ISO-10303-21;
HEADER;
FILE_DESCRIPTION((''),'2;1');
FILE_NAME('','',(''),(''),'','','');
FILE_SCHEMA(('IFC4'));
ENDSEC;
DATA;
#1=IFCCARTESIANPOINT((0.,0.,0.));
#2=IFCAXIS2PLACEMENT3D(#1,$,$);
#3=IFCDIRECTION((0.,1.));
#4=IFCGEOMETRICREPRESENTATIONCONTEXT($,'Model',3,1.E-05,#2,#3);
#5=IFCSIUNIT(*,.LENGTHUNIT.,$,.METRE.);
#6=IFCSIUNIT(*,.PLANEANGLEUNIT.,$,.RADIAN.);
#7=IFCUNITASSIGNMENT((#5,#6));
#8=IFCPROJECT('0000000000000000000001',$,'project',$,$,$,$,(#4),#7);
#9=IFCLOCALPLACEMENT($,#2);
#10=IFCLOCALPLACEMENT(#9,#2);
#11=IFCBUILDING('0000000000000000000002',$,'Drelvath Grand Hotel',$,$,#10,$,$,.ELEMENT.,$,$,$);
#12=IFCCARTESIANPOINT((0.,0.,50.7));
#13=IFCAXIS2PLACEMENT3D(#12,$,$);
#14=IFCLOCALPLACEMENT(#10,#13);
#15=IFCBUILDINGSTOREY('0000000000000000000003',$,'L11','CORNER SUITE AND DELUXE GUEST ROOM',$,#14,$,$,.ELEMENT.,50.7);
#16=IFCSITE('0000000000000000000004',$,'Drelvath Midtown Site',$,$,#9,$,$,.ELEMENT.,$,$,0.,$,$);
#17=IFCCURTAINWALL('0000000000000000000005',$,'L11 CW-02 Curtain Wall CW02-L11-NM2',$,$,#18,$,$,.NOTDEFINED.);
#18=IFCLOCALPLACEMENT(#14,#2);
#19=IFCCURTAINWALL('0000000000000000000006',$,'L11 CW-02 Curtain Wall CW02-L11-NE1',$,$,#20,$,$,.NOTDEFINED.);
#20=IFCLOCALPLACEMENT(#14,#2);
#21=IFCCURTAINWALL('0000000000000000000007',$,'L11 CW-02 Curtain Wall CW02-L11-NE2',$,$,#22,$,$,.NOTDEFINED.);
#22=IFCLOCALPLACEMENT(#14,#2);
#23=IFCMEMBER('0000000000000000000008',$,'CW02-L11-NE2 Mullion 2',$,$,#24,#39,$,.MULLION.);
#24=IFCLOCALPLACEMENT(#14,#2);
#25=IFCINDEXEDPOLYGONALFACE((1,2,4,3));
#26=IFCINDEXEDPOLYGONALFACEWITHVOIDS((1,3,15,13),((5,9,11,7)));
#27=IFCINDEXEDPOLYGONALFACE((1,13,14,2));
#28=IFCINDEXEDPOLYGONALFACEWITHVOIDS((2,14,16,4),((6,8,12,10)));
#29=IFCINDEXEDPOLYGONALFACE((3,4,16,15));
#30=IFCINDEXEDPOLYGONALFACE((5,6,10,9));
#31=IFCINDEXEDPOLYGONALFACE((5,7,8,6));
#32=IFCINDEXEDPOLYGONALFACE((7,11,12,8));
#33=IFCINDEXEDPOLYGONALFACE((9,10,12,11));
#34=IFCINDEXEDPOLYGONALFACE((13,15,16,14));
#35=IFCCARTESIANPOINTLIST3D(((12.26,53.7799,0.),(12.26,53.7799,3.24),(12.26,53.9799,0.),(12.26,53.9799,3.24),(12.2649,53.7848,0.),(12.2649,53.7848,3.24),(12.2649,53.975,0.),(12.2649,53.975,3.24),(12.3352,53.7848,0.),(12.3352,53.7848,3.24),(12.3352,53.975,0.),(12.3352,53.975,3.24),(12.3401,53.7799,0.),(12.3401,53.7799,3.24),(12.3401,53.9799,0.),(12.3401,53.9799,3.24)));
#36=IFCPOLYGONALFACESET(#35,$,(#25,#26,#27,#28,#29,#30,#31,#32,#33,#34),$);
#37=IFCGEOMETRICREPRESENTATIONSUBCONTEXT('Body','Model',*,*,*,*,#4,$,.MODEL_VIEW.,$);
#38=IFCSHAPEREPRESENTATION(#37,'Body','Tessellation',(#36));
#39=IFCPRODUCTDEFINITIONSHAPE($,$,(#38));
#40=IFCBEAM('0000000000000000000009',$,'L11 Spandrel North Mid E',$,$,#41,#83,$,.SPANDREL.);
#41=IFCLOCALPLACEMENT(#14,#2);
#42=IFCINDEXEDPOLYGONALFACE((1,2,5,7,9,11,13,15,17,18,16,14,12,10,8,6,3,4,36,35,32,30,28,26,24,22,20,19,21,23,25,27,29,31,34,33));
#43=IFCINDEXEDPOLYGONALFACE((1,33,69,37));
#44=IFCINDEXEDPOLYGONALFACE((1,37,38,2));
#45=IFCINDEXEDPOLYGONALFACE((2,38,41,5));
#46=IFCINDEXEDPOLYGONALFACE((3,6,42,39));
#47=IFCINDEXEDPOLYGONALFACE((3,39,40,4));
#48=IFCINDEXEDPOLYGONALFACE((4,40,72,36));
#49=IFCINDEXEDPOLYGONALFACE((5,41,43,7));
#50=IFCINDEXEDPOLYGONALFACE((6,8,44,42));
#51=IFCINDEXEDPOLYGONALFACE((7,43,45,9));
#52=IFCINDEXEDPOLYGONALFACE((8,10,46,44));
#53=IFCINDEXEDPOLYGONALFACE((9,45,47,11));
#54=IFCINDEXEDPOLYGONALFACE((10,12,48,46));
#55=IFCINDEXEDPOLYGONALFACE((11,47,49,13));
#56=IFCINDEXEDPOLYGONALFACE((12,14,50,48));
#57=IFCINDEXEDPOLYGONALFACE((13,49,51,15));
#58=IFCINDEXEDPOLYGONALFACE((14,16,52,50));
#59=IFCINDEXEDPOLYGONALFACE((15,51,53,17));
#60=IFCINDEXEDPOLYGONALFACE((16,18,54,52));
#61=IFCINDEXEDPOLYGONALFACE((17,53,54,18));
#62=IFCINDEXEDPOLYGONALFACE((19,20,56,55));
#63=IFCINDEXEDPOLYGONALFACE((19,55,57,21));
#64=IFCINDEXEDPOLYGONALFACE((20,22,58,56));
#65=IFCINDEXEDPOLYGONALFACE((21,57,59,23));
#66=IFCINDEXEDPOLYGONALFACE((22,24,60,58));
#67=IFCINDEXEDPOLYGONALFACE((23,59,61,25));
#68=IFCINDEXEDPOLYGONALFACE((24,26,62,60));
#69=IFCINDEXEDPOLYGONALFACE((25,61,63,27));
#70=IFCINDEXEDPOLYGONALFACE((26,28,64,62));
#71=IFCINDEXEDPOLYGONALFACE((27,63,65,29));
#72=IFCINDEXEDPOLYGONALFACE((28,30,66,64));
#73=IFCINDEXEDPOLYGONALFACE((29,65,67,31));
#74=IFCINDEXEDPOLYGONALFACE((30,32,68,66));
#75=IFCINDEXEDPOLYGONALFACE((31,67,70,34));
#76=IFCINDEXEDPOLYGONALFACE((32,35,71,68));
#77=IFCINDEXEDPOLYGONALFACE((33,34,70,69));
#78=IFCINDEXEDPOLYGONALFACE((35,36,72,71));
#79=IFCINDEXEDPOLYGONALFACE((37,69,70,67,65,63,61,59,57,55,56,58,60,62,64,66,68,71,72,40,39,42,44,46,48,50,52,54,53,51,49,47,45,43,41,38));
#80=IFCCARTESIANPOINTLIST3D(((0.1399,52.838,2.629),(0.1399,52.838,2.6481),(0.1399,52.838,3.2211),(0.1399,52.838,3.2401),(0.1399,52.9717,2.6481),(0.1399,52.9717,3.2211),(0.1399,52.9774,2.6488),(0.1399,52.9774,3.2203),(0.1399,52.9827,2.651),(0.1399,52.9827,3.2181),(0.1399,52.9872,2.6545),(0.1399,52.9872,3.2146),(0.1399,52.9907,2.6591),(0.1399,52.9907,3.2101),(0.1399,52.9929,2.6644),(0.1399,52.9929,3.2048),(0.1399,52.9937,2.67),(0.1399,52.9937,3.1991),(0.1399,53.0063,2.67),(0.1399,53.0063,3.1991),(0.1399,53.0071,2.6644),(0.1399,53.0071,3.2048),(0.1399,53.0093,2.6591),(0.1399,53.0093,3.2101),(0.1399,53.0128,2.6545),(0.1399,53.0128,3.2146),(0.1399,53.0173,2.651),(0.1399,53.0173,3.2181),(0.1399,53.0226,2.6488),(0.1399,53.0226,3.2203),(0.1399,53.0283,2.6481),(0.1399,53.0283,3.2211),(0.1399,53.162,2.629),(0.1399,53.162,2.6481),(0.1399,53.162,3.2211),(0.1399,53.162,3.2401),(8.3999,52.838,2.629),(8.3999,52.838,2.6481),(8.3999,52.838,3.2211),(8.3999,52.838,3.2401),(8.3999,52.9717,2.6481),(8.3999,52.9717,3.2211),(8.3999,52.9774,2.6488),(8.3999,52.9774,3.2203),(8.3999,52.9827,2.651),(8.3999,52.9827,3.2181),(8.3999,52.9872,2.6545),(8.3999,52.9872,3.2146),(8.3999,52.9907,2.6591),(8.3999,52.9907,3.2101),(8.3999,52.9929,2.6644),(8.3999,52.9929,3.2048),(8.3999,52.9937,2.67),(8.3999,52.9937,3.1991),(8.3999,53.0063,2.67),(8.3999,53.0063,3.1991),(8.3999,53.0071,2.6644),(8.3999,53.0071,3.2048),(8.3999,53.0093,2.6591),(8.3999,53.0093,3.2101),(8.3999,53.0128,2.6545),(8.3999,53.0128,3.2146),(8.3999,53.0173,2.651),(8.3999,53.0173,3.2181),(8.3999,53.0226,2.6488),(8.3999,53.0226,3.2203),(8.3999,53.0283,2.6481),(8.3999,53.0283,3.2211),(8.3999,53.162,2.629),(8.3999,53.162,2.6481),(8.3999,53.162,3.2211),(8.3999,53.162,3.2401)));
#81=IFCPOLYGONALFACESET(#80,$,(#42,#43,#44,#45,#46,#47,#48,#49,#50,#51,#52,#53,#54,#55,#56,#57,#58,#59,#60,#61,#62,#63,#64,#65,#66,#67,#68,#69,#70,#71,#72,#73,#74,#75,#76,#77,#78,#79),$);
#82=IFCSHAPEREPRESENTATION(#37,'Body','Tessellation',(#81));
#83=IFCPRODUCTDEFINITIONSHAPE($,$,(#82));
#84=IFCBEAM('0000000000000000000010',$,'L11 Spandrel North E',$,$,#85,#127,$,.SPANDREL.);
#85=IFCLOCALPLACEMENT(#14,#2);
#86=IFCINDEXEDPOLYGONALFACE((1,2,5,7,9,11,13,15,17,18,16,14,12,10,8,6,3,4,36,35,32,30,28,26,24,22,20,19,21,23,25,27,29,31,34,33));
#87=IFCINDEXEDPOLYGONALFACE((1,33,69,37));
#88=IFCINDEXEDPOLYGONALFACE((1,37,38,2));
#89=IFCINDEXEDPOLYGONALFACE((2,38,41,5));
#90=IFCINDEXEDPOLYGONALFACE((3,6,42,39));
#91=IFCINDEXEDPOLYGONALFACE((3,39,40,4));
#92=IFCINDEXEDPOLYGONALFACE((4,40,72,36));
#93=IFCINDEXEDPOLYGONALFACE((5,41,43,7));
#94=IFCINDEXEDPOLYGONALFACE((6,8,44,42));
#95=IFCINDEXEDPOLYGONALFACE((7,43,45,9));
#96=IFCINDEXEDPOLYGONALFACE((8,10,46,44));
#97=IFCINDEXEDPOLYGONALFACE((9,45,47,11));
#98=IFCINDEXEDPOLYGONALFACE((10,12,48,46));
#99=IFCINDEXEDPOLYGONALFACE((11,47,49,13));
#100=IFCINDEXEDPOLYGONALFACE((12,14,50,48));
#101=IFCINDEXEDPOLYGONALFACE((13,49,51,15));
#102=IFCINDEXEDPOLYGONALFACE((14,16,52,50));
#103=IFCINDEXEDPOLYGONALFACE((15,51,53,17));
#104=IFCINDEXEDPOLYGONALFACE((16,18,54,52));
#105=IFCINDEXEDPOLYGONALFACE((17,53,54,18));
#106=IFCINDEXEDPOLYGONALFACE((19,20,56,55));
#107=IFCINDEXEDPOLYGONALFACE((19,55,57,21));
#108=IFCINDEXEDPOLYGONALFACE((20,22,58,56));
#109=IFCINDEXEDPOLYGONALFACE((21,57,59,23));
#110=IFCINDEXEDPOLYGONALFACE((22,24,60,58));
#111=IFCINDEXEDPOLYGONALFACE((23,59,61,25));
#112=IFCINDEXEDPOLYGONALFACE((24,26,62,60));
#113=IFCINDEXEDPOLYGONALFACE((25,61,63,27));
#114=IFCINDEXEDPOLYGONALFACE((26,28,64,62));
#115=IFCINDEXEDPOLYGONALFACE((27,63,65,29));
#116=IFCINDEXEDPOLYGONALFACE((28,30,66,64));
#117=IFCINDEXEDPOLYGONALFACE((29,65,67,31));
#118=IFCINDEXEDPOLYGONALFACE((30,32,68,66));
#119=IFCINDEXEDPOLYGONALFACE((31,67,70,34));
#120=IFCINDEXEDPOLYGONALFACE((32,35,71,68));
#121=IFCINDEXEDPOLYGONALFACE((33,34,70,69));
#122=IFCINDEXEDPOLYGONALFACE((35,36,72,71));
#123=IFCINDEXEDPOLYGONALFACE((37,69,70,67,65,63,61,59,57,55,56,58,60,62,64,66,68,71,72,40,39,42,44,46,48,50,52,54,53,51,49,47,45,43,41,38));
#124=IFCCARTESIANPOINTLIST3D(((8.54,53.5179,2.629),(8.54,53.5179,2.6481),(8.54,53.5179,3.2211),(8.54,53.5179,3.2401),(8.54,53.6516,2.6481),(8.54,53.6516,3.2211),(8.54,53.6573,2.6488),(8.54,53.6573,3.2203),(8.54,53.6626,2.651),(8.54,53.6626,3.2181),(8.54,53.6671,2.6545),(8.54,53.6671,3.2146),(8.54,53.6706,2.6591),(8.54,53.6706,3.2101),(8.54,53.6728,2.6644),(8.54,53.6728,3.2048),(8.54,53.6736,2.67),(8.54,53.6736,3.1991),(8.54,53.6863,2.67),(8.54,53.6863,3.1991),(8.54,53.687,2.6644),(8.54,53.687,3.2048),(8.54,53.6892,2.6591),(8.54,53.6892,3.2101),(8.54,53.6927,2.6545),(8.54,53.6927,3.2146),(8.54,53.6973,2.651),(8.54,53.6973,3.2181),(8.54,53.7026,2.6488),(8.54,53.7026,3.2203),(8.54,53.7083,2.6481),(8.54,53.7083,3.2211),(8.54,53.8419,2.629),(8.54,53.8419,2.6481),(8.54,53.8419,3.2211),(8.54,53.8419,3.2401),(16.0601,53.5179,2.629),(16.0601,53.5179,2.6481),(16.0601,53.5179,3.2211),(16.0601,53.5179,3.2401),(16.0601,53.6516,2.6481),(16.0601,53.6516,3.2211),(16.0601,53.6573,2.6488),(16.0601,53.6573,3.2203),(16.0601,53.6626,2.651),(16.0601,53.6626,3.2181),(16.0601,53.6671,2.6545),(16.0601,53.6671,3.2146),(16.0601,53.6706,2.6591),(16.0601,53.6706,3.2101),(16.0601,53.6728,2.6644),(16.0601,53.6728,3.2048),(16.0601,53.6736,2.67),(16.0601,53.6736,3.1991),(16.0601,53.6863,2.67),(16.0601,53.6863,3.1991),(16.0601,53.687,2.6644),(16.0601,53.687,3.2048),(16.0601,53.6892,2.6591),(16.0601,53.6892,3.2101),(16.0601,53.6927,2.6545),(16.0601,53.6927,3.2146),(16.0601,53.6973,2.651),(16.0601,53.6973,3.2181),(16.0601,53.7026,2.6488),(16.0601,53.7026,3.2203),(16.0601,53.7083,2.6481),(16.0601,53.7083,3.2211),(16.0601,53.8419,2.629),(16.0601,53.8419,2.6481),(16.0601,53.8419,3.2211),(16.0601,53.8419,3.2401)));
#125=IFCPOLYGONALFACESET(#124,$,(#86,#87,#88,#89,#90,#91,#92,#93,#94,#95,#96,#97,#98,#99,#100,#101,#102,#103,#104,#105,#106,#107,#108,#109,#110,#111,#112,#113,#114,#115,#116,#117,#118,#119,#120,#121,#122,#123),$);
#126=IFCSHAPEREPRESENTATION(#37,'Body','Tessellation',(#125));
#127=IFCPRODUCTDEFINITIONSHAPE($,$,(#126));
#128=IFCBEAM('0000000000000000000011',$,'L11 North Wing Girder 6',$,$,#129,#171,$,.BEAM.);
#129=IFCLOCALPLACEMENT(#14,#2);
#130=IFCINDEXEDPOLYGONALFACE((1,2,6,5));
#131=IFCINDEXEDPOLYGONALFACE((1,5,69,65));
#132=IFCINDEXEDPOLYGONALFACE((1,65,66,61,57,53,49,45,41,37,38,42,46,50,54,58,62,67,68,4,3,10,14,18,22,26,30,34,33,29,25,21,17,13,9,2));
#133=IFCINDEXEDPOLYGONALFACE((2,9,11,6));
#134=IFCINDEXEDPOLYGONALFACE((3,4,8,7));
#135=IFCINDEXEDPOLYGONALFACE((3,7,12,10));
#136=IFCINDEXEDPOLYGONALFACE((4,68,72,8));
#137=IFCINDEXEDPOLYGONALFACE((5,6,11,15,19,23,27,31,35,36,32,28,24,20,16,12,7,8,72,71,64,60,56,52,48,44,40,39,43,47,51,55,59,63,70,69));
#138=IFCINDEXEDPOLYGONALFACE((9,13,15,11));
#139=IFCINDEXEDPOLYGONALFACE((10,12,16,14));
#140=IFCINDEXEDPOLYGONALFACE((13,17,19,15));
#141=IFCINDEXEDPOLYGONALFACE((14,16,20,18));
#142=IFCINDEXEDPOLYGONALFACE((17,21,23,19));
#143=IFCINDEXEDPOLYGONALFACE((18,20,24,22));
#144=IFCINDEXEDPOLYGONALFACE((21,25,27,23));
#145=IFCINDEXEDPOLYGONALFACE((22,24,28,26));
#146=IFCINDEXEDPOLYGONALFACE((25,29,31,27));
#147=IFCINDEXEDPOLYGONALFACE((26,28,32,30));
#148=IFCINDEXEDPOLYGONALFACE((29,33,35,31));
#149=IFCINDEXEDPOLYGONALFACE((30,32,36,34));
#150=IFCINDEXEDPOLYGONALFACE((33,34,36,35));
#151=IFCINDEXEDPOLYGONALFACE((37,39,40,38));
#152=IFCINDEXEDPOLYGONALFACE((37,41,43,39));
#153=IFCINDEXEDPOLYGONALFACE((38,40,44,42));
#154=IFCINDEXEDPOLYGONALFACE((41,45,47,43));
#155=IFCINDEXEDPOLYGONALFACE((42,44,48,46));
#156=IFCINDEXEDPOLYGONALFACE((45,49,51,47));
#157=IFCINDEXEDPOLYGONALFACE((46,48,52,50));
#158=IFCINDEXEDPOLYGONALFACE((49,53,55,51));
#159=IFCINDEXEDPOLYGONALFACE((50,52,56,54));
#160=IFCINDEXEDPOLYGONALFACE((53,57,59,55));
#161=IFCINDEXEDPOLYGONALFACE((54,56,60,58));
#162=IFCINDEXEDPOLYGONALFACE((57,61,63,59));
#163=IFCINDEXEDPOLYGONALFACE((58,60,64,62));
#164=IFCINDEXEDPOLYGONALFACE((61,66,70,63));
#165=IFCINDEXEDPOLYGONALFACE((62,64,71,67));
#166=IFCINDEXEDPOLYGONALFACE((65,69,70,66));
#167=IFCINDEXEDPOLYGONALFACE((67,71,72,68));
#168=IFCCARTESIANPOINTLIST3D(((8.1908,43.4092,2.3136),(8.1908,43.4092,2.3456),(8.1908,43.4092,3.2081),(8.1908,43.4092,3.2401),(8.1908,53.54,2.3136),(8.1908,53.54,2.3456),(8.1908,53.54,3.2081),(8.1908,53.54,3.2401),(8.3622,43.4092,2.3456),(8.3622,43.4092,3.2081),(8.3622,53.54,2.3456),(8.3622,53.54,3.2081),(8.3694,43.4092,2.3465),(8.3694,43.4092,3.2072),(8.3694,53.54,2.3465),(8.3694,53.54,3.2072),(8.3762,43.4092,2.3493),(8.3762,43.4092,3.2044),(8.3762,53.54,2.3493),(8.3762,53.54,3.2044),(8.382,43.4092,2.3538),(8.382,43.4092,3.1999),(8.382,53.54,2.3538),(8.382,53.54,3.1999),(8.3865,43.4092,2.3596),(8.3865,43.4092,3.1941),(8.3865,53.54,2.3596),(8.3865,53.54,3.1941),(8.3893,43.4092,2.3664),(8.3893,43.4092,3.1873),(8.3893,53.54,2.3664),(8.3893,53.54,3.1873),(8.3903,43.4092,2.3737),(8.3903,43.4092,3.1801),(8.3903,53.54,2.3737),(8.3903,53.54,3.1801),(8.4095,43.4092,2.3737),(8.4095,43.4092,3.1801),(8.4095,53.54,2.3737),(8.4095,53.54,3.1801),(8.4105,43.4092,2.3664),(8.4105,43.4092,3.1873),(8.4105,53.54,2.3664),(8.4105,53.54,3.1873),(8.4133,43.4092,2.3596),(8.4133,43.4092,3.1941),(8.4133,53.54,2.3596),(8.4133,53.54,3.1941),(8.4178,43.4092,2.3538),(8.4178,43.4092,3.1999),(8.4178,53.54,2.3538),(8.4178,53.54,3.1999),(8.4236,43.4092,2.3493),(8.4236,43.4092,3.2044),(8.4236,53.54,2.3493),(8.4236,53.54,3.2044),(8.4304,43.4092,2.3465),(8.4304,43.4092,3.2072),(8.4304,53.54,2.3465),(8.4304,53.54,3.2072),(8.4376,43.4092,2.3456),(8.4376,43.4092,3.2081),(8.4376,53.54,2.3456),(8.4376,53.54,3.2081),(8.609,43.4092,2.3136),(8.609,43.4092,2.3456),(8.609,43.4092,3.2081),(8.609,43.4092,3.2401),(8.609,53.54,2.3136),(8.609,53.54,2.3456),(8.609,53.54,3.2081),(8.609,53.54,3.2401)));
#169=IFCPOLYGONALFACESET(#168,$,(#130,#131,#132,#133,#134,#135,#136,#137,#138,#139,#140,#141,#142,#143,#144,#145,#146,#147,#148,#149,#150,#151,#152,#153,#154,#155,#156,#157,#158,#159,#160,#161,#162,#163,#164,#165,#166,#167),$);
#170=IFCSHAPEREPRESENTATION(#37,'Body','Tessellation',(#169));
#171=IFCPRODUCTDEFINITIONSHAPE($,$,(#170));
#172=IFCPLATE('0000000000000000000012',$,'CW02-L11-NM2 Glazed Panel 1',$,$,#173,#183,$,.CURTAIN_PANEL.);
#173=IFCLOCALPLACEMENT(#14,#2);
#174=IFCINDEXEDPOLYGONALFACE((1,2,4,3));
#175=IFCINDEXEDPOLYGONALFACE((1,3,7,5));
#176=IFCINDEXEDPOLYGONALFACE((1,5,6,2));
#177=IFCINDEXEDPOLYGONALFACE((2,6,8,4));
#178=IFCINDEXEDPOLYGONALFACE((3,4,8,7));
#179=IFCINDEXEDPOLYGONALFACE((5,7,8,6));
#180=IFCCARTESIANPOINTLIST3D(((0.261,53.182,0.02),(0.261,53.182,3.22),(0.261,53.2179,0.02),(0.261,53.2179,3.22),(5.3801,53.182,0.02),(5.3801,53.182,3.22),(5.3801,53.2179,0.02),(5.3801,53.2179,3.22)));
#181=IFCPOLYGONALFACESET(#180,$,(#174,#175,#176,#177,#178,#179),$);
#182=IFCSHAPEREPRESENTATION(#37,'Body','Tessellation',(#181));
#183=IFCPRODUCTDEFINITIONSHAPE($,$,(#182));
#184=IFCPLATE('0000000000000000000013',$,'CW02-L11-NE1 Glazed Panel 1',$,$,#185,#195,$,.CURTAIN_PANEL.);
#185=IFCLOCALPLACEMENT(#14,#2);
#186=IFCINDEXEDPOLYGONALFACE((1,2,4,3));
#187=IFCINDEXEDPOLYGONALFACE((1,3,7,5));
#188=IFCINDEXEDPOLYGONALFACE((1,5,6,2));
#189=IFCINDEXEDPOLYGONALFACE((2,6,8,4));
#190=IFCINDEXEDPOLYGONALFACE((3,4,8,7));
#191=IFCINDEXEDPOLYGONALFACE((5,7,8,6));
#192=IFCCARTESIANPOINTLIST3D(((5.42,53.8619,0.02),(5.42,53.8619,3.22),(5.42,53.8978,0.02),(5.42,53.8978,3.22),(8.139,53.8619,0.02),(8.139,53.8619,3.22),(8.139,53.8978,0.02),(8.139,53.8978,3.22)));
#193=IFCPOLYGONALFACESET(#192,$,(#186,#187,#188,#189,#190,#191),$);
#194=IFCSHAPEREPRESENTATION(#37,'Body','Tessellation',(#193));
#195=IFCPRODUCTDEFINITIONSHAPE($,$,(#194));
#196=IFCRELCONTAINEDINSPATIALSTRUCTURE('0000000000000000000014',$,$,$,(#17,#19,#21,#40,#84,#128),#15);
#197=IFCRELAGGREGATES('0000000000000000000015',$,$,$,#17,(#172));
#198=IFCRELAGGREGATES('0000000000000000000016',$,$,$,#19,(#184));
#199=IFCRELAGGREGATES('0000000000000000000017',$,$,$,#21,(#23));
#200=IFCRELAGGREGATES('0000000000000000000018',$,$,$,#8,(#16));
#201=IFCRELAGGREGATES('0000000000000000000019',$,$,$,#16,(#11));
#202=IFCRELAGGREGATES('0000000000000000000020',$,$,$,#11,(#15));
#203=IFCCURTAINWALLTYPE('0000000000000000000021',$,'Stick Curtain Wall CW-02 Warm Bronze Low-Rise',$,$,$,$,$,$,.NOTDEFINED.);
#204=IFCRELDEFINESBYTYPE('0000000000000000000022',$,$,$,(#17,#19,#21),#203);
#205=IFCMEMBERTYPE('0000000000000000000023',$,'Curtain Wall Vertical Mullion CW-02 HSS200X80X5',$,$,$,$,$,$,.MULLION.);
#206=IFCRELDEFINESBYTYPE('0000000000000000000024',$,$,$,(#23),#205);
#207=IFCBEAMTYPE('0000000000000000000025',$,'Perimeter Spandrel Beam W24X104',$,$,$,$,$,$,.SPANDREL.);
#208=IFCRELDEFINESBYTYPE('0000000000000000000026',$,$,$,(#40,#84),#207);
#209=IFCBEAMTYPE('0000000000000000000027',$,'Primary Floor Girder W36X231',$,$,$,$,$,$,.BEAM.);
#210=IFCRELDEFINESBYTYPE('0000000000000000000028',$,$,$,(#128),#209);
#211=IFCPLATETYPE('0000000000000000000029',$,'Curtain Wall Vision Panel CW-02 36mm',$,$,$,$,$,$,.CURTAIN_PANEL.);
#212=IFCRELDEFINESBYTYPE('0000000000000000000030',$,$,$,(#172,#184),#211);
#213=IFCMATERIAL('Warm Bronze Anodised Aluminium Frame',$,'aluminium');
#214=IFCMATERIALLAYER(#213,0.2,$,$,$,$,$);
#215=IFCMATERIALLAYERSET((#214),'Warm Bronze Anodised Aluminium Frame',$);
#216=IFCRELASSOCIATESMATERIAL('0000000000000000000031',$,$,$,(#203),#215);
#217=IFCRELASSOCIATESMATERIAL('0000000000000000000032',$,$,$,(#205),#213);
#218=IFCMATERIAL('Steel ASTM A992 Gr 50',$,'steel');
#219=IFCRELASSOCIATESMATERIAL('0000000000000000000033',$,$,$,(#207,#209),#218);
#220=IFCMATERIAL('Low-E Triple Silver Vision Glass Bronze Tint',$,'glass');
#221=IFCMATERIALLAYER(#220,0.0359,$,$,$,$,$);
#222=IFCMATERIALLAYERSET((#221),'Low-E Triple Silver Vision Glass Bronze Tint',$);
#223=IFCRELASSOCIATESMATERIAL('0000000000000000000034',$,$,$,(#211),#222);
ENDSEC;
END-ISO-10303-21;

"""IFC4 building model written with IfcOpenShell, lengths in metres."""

from ifc_helpers import new_model, si_unit, direction, frame, origin, origin_2d, place, context, subcontext, project, spatial, rectangle, hollow_rectangle, i_section, extrude, material, layer, layer_set, material_profile, profile_set, type_object, element, aggregate, save


model = new_model("IFC4")

# Units and contexts
model_context = context("Model", 3, precision=1e-05, world=origin(), true_north=direction((0.0, 1.0)))
body_context = subcontext(model_context, "Body", "Model", "MODEL_VIEW")
ifc_project = project(units=[si_unit("LENGTHUNIT", "METRE"), si_unit("PLANEANGLEUNIT", "RADIAN")], contexts=[model_context])

# Site, building, storey
site_placement = place(None, origin())
site = spatial("IfcSite", under=ifc_project, at=site_placement, Name="Drelvath Midtown Site", CompositionType="ELEMENT", RefElevation=0.0)
building_placement = place(site_placement, origin())
building = spatial("IfcBuilding", under=site, at=building_placement, Name="Drelvath Grand Hotel", CompositionType="ELEMENT")
storey_placement = place(building_placement, frame((0.0, 0.0, 50.7)))
storey = spatial("IfcBuildingStorey", under=building, at=storey_placement, Name="L11", Description="CORNER SUITE AND DELUXE GUEST ROOM", CompositionType="ELEMENT", Elevation=50.7)

# Curtain walls
ifc_material_1 = material(Name="Warm Bronze Anodised Aluminium Frame", Category="aluminium")
ifc_layer_1 = layer(ifc_material_1, 0.2)
ifc_layer_set_1 = layer_set([ifc_layer_1], Name="Warm Bronze Anodised Aluminium Frame")
curtain_wall_type = type_object("IfcCurtainWallType", Name="Stick Curtain Wall CW-02 Warm Bronze Low-Rise", PredefinedType="NOTDEFINED", material=ifc_layer_set_1)
curtain_wall_1_placement = place(storey_placement, origin())
curtain_wall_1 = element("IfcCurtainWall", 1, at=curtain_wall_1_placement, inside=storey, type_object=curtain_wall_type, Name="L11 CW-02 Curtain Wall CW02-L11-NM2", PredefinedType="NOTDEFINED")
curtain_wall_2_placement = place(storey_placement, origin())
curtain_wall_2 = element("IfcCurtainWall", 2, at=curtain_wall_2_placement, inside=storey, type_object=curtain_wall_type, Name="L11 CW-02 Curtain Wall CW02-L11-NE1", PredefinedType="NOTDEFINED")
curtain_wall_3_placement = place(storey_placement, origin())
curtain_wall_3 = element("IfcCurtainWall", 3, at=curtain_wall_3_placement, inside=storey, type_object=curtain_wall_type, Name="L11 CW-02 Curtain Wall CW02-L11-NE2", PredefinedType="NOTDEFINED")

# Member
ifc_material_profile_1 = material_profile(ifc_material_1, hollow_rectangle(XDim=0.0801, YDim=0.2, WallThickness=0.0049, at=origin_2d()), Name="HSS200X80X5")
ifc_profile_set_1 = profile_set([ifc_material_profile_1], Name="Warm Bronze Anodised Aluminium Frame")
member_type_1 = type_object("IfcMemberType", Name="Curtain Wall Vertical Mullion CW-02 HSS200X80X5", PredefinedType="MULLION", material=ifc_profile_set_1)
member_1_placement = place(storey_placement, frame((12.3, 53.8799, 0.0), z_axis=(0.0, 0.0, 1.0), x_axis=(1.0, 0.0, 0.0)))
member_1 = element("IfcMember", 4, at=member_1_placement, type_object=member_type_1, Name="CW02-L11-NE2 Mullion 2", PredefinedType="MULLION", context=body_context, shape_type="SweptSolid", body=[
    extrude(hollow_rectangle(XDim=0.0801, YDim=0.2, WallThickness=0.0049, at=origin_2d()), origin(), (0.0, 0.0, 1.0), 3.24),
])

# Beams
ifc_material_2 = material(Name="Steel ASTM A992 Gr 50", Category="steel")
ifc_material_profile_2 = material_profile(ifc_material_2, i_section(OverallWidth=0.324, OverallDepth=0.6111, WebThickness=0.0127, FlangeThickness=0.019, FilletRadius=0.022, at=origin_2d()), Name="W24X104")
ifc_profile_set_2 = profile_set([ifc_material_profile_2], Name="Steel ASTM A992 Gr 50")
beam_type_1 = type_object("IfcBeamType", Name="Perimeter Spandrel Beam W24X104", PredefinedType="SPANDREL", material=ifc_profile_set_2)
beam_1_placement = place(storey_placement, frame((0.1399, 53.0, 2.9346), z_axis=(1.0, 0.0, 0.0), x_axis=(0.0, 1.0, 0.0)))
element("IfcBeam", 5, at=beam_1_placement, inside=storey, type_object=beam_type_1, Name="L11 Spandrel North Mid E", PredefinedType="SPANDREL", context=body_context, shape_type="SweptSolid", body=[
    extrude(i_section(OverallWidth=0.324, OverallDepth=0.6111, WebThickness=0.0127, FlangeThickness=0.019, FilletRadius=0.022, at=origin_2d()), origin(), (0.0, 0.0, 1.0), 8.26),
])
beam_2_placement = place(storey_placement, frame((8.54, 53.6799, 2.9346), z_axis=(1.0, 0.0, 0.0), x_axis=(0.0, 1.0, 0.0)))
element("IfcBeam", 6, at=beam_2_placement, inside=storey, type_object=beam_type_1, Name="L11 Spandrel North E", PredefinedType="SPANDREL", context=body_context, shape_type="SweptSolid", body=[
    extrude(i_section(OverallWidth=0.324, OverallDepth=0.6111, WebThickness=0.0127, FlangeThickness=0.019, FilletRadius=0.022, at=origin_2d()), origin(), (0.0, 0.0, 1.0), 7.52),
])
ifc_material_profile_3 = material_profile(ifc_material_2, i_section(OverallWidth=0.4182, OverallDepth=0.9265, WebThickness=0.0193, FlangeThickness=0.032, FilletRadius=0.0281, at=origin_2d()), Name="W36X231")
ifc_profile_set_3 = profile_set([ifc_material_profile_3], Name="Steel ASTM A992 Gr 50")
beam_type_2 = type_object("IfcBeamType", Name="Primary Floor Girder W36X231", PredefinedType="BEAM", material=ifc_profile_set_3)
beam_3_placement = place(storey_placement, frame((8.3999, 43.4092, 2.7769), z_axis=(0.0, 1.0, 0.0), x_axis=(-1.0, 0.0, 0.0)))
element("IfcBeam", 7, at=beam_3_placement, inside=storey, type_object=beam_type_2, Name="L11 North Wing Girder 6", PredefinedType="BEAM", context=body_context, shape_type="SweptSolid", body=[
    extrude(i_section(OverallWidth=0.4182, OverallDepth=0.9265, WebThickness=0.0193, FlangeThickness=0.032, FilletRadius=0.0281, at=origin_2d()), origin(), (0.0, 0.0, 1.0), 10.1309),
])

# Plates
ifc_material_3 = material(Name="Low-E Triple Silver Vision Glass Bronze Tint", Category="glass")
ifc_layer_2 = layer(ifc_material_3, 0.0359)
ifc_layer_set_2 = layer_set([ifc_layer_2], Name="Low-E Triple Silver Vision Glass Bronze Tint")
plate_type = type_object("IfcPlateType", Name="Curtain Wall Vision Panel CW-02 36mm", PredefinedType="CURTAIN_PANEL", material=ifc_layer_set_2)
plate_1_placement = place(storey_placement, frame((2.8206, 53.2, 0.02), z_axis=(0.0, 0.0, 1.0), x_axis=(1.0, 0.0, 0.0)))
plate_1 = element("IfcPlate", 8, at=plate_1_placement, type_object=plate_type, Name="CW02-L11-NM2 Glazed Panel 1", PredefinedType="CURTAIN_PANEL", context=body_context, shape_type="SweptSolid", body=[
    extrude(rectangle(XDim=5.1191, YDim=0.0359, at=origin_2d()), origin(), (0.0, 0.0, 1.0), 3.2),
])
aggregate(curtain_wall_1, [plate_1])
plate_2_placement = place(storey_placement, frame((6.7795, 53.8799, 0.02), z_axis=(0.0, 0.0, 1.0), x_axis=(1.0, 0.0, 0.0)))
plate_2 = element("IfcPlate", 9, at=plate_2_placement, type_object=plate_type, Name="CW02-L11-NE1 Glazed Panel 1", PredefinedType="CURTAIN_PANEL", context=body_context, shape_type="SweptSolid", body=[
    extrude(rectangle(XDim=2.719, YDim=0.0359, at=origin_2d()), origin(), (0.0, 0.0, 1.0), 3.2),
])
aggregate(curtain_wall_2, [plate_2])
aggregate(curtain_wall_3, [member_1])

save(model, "model.ifc")
